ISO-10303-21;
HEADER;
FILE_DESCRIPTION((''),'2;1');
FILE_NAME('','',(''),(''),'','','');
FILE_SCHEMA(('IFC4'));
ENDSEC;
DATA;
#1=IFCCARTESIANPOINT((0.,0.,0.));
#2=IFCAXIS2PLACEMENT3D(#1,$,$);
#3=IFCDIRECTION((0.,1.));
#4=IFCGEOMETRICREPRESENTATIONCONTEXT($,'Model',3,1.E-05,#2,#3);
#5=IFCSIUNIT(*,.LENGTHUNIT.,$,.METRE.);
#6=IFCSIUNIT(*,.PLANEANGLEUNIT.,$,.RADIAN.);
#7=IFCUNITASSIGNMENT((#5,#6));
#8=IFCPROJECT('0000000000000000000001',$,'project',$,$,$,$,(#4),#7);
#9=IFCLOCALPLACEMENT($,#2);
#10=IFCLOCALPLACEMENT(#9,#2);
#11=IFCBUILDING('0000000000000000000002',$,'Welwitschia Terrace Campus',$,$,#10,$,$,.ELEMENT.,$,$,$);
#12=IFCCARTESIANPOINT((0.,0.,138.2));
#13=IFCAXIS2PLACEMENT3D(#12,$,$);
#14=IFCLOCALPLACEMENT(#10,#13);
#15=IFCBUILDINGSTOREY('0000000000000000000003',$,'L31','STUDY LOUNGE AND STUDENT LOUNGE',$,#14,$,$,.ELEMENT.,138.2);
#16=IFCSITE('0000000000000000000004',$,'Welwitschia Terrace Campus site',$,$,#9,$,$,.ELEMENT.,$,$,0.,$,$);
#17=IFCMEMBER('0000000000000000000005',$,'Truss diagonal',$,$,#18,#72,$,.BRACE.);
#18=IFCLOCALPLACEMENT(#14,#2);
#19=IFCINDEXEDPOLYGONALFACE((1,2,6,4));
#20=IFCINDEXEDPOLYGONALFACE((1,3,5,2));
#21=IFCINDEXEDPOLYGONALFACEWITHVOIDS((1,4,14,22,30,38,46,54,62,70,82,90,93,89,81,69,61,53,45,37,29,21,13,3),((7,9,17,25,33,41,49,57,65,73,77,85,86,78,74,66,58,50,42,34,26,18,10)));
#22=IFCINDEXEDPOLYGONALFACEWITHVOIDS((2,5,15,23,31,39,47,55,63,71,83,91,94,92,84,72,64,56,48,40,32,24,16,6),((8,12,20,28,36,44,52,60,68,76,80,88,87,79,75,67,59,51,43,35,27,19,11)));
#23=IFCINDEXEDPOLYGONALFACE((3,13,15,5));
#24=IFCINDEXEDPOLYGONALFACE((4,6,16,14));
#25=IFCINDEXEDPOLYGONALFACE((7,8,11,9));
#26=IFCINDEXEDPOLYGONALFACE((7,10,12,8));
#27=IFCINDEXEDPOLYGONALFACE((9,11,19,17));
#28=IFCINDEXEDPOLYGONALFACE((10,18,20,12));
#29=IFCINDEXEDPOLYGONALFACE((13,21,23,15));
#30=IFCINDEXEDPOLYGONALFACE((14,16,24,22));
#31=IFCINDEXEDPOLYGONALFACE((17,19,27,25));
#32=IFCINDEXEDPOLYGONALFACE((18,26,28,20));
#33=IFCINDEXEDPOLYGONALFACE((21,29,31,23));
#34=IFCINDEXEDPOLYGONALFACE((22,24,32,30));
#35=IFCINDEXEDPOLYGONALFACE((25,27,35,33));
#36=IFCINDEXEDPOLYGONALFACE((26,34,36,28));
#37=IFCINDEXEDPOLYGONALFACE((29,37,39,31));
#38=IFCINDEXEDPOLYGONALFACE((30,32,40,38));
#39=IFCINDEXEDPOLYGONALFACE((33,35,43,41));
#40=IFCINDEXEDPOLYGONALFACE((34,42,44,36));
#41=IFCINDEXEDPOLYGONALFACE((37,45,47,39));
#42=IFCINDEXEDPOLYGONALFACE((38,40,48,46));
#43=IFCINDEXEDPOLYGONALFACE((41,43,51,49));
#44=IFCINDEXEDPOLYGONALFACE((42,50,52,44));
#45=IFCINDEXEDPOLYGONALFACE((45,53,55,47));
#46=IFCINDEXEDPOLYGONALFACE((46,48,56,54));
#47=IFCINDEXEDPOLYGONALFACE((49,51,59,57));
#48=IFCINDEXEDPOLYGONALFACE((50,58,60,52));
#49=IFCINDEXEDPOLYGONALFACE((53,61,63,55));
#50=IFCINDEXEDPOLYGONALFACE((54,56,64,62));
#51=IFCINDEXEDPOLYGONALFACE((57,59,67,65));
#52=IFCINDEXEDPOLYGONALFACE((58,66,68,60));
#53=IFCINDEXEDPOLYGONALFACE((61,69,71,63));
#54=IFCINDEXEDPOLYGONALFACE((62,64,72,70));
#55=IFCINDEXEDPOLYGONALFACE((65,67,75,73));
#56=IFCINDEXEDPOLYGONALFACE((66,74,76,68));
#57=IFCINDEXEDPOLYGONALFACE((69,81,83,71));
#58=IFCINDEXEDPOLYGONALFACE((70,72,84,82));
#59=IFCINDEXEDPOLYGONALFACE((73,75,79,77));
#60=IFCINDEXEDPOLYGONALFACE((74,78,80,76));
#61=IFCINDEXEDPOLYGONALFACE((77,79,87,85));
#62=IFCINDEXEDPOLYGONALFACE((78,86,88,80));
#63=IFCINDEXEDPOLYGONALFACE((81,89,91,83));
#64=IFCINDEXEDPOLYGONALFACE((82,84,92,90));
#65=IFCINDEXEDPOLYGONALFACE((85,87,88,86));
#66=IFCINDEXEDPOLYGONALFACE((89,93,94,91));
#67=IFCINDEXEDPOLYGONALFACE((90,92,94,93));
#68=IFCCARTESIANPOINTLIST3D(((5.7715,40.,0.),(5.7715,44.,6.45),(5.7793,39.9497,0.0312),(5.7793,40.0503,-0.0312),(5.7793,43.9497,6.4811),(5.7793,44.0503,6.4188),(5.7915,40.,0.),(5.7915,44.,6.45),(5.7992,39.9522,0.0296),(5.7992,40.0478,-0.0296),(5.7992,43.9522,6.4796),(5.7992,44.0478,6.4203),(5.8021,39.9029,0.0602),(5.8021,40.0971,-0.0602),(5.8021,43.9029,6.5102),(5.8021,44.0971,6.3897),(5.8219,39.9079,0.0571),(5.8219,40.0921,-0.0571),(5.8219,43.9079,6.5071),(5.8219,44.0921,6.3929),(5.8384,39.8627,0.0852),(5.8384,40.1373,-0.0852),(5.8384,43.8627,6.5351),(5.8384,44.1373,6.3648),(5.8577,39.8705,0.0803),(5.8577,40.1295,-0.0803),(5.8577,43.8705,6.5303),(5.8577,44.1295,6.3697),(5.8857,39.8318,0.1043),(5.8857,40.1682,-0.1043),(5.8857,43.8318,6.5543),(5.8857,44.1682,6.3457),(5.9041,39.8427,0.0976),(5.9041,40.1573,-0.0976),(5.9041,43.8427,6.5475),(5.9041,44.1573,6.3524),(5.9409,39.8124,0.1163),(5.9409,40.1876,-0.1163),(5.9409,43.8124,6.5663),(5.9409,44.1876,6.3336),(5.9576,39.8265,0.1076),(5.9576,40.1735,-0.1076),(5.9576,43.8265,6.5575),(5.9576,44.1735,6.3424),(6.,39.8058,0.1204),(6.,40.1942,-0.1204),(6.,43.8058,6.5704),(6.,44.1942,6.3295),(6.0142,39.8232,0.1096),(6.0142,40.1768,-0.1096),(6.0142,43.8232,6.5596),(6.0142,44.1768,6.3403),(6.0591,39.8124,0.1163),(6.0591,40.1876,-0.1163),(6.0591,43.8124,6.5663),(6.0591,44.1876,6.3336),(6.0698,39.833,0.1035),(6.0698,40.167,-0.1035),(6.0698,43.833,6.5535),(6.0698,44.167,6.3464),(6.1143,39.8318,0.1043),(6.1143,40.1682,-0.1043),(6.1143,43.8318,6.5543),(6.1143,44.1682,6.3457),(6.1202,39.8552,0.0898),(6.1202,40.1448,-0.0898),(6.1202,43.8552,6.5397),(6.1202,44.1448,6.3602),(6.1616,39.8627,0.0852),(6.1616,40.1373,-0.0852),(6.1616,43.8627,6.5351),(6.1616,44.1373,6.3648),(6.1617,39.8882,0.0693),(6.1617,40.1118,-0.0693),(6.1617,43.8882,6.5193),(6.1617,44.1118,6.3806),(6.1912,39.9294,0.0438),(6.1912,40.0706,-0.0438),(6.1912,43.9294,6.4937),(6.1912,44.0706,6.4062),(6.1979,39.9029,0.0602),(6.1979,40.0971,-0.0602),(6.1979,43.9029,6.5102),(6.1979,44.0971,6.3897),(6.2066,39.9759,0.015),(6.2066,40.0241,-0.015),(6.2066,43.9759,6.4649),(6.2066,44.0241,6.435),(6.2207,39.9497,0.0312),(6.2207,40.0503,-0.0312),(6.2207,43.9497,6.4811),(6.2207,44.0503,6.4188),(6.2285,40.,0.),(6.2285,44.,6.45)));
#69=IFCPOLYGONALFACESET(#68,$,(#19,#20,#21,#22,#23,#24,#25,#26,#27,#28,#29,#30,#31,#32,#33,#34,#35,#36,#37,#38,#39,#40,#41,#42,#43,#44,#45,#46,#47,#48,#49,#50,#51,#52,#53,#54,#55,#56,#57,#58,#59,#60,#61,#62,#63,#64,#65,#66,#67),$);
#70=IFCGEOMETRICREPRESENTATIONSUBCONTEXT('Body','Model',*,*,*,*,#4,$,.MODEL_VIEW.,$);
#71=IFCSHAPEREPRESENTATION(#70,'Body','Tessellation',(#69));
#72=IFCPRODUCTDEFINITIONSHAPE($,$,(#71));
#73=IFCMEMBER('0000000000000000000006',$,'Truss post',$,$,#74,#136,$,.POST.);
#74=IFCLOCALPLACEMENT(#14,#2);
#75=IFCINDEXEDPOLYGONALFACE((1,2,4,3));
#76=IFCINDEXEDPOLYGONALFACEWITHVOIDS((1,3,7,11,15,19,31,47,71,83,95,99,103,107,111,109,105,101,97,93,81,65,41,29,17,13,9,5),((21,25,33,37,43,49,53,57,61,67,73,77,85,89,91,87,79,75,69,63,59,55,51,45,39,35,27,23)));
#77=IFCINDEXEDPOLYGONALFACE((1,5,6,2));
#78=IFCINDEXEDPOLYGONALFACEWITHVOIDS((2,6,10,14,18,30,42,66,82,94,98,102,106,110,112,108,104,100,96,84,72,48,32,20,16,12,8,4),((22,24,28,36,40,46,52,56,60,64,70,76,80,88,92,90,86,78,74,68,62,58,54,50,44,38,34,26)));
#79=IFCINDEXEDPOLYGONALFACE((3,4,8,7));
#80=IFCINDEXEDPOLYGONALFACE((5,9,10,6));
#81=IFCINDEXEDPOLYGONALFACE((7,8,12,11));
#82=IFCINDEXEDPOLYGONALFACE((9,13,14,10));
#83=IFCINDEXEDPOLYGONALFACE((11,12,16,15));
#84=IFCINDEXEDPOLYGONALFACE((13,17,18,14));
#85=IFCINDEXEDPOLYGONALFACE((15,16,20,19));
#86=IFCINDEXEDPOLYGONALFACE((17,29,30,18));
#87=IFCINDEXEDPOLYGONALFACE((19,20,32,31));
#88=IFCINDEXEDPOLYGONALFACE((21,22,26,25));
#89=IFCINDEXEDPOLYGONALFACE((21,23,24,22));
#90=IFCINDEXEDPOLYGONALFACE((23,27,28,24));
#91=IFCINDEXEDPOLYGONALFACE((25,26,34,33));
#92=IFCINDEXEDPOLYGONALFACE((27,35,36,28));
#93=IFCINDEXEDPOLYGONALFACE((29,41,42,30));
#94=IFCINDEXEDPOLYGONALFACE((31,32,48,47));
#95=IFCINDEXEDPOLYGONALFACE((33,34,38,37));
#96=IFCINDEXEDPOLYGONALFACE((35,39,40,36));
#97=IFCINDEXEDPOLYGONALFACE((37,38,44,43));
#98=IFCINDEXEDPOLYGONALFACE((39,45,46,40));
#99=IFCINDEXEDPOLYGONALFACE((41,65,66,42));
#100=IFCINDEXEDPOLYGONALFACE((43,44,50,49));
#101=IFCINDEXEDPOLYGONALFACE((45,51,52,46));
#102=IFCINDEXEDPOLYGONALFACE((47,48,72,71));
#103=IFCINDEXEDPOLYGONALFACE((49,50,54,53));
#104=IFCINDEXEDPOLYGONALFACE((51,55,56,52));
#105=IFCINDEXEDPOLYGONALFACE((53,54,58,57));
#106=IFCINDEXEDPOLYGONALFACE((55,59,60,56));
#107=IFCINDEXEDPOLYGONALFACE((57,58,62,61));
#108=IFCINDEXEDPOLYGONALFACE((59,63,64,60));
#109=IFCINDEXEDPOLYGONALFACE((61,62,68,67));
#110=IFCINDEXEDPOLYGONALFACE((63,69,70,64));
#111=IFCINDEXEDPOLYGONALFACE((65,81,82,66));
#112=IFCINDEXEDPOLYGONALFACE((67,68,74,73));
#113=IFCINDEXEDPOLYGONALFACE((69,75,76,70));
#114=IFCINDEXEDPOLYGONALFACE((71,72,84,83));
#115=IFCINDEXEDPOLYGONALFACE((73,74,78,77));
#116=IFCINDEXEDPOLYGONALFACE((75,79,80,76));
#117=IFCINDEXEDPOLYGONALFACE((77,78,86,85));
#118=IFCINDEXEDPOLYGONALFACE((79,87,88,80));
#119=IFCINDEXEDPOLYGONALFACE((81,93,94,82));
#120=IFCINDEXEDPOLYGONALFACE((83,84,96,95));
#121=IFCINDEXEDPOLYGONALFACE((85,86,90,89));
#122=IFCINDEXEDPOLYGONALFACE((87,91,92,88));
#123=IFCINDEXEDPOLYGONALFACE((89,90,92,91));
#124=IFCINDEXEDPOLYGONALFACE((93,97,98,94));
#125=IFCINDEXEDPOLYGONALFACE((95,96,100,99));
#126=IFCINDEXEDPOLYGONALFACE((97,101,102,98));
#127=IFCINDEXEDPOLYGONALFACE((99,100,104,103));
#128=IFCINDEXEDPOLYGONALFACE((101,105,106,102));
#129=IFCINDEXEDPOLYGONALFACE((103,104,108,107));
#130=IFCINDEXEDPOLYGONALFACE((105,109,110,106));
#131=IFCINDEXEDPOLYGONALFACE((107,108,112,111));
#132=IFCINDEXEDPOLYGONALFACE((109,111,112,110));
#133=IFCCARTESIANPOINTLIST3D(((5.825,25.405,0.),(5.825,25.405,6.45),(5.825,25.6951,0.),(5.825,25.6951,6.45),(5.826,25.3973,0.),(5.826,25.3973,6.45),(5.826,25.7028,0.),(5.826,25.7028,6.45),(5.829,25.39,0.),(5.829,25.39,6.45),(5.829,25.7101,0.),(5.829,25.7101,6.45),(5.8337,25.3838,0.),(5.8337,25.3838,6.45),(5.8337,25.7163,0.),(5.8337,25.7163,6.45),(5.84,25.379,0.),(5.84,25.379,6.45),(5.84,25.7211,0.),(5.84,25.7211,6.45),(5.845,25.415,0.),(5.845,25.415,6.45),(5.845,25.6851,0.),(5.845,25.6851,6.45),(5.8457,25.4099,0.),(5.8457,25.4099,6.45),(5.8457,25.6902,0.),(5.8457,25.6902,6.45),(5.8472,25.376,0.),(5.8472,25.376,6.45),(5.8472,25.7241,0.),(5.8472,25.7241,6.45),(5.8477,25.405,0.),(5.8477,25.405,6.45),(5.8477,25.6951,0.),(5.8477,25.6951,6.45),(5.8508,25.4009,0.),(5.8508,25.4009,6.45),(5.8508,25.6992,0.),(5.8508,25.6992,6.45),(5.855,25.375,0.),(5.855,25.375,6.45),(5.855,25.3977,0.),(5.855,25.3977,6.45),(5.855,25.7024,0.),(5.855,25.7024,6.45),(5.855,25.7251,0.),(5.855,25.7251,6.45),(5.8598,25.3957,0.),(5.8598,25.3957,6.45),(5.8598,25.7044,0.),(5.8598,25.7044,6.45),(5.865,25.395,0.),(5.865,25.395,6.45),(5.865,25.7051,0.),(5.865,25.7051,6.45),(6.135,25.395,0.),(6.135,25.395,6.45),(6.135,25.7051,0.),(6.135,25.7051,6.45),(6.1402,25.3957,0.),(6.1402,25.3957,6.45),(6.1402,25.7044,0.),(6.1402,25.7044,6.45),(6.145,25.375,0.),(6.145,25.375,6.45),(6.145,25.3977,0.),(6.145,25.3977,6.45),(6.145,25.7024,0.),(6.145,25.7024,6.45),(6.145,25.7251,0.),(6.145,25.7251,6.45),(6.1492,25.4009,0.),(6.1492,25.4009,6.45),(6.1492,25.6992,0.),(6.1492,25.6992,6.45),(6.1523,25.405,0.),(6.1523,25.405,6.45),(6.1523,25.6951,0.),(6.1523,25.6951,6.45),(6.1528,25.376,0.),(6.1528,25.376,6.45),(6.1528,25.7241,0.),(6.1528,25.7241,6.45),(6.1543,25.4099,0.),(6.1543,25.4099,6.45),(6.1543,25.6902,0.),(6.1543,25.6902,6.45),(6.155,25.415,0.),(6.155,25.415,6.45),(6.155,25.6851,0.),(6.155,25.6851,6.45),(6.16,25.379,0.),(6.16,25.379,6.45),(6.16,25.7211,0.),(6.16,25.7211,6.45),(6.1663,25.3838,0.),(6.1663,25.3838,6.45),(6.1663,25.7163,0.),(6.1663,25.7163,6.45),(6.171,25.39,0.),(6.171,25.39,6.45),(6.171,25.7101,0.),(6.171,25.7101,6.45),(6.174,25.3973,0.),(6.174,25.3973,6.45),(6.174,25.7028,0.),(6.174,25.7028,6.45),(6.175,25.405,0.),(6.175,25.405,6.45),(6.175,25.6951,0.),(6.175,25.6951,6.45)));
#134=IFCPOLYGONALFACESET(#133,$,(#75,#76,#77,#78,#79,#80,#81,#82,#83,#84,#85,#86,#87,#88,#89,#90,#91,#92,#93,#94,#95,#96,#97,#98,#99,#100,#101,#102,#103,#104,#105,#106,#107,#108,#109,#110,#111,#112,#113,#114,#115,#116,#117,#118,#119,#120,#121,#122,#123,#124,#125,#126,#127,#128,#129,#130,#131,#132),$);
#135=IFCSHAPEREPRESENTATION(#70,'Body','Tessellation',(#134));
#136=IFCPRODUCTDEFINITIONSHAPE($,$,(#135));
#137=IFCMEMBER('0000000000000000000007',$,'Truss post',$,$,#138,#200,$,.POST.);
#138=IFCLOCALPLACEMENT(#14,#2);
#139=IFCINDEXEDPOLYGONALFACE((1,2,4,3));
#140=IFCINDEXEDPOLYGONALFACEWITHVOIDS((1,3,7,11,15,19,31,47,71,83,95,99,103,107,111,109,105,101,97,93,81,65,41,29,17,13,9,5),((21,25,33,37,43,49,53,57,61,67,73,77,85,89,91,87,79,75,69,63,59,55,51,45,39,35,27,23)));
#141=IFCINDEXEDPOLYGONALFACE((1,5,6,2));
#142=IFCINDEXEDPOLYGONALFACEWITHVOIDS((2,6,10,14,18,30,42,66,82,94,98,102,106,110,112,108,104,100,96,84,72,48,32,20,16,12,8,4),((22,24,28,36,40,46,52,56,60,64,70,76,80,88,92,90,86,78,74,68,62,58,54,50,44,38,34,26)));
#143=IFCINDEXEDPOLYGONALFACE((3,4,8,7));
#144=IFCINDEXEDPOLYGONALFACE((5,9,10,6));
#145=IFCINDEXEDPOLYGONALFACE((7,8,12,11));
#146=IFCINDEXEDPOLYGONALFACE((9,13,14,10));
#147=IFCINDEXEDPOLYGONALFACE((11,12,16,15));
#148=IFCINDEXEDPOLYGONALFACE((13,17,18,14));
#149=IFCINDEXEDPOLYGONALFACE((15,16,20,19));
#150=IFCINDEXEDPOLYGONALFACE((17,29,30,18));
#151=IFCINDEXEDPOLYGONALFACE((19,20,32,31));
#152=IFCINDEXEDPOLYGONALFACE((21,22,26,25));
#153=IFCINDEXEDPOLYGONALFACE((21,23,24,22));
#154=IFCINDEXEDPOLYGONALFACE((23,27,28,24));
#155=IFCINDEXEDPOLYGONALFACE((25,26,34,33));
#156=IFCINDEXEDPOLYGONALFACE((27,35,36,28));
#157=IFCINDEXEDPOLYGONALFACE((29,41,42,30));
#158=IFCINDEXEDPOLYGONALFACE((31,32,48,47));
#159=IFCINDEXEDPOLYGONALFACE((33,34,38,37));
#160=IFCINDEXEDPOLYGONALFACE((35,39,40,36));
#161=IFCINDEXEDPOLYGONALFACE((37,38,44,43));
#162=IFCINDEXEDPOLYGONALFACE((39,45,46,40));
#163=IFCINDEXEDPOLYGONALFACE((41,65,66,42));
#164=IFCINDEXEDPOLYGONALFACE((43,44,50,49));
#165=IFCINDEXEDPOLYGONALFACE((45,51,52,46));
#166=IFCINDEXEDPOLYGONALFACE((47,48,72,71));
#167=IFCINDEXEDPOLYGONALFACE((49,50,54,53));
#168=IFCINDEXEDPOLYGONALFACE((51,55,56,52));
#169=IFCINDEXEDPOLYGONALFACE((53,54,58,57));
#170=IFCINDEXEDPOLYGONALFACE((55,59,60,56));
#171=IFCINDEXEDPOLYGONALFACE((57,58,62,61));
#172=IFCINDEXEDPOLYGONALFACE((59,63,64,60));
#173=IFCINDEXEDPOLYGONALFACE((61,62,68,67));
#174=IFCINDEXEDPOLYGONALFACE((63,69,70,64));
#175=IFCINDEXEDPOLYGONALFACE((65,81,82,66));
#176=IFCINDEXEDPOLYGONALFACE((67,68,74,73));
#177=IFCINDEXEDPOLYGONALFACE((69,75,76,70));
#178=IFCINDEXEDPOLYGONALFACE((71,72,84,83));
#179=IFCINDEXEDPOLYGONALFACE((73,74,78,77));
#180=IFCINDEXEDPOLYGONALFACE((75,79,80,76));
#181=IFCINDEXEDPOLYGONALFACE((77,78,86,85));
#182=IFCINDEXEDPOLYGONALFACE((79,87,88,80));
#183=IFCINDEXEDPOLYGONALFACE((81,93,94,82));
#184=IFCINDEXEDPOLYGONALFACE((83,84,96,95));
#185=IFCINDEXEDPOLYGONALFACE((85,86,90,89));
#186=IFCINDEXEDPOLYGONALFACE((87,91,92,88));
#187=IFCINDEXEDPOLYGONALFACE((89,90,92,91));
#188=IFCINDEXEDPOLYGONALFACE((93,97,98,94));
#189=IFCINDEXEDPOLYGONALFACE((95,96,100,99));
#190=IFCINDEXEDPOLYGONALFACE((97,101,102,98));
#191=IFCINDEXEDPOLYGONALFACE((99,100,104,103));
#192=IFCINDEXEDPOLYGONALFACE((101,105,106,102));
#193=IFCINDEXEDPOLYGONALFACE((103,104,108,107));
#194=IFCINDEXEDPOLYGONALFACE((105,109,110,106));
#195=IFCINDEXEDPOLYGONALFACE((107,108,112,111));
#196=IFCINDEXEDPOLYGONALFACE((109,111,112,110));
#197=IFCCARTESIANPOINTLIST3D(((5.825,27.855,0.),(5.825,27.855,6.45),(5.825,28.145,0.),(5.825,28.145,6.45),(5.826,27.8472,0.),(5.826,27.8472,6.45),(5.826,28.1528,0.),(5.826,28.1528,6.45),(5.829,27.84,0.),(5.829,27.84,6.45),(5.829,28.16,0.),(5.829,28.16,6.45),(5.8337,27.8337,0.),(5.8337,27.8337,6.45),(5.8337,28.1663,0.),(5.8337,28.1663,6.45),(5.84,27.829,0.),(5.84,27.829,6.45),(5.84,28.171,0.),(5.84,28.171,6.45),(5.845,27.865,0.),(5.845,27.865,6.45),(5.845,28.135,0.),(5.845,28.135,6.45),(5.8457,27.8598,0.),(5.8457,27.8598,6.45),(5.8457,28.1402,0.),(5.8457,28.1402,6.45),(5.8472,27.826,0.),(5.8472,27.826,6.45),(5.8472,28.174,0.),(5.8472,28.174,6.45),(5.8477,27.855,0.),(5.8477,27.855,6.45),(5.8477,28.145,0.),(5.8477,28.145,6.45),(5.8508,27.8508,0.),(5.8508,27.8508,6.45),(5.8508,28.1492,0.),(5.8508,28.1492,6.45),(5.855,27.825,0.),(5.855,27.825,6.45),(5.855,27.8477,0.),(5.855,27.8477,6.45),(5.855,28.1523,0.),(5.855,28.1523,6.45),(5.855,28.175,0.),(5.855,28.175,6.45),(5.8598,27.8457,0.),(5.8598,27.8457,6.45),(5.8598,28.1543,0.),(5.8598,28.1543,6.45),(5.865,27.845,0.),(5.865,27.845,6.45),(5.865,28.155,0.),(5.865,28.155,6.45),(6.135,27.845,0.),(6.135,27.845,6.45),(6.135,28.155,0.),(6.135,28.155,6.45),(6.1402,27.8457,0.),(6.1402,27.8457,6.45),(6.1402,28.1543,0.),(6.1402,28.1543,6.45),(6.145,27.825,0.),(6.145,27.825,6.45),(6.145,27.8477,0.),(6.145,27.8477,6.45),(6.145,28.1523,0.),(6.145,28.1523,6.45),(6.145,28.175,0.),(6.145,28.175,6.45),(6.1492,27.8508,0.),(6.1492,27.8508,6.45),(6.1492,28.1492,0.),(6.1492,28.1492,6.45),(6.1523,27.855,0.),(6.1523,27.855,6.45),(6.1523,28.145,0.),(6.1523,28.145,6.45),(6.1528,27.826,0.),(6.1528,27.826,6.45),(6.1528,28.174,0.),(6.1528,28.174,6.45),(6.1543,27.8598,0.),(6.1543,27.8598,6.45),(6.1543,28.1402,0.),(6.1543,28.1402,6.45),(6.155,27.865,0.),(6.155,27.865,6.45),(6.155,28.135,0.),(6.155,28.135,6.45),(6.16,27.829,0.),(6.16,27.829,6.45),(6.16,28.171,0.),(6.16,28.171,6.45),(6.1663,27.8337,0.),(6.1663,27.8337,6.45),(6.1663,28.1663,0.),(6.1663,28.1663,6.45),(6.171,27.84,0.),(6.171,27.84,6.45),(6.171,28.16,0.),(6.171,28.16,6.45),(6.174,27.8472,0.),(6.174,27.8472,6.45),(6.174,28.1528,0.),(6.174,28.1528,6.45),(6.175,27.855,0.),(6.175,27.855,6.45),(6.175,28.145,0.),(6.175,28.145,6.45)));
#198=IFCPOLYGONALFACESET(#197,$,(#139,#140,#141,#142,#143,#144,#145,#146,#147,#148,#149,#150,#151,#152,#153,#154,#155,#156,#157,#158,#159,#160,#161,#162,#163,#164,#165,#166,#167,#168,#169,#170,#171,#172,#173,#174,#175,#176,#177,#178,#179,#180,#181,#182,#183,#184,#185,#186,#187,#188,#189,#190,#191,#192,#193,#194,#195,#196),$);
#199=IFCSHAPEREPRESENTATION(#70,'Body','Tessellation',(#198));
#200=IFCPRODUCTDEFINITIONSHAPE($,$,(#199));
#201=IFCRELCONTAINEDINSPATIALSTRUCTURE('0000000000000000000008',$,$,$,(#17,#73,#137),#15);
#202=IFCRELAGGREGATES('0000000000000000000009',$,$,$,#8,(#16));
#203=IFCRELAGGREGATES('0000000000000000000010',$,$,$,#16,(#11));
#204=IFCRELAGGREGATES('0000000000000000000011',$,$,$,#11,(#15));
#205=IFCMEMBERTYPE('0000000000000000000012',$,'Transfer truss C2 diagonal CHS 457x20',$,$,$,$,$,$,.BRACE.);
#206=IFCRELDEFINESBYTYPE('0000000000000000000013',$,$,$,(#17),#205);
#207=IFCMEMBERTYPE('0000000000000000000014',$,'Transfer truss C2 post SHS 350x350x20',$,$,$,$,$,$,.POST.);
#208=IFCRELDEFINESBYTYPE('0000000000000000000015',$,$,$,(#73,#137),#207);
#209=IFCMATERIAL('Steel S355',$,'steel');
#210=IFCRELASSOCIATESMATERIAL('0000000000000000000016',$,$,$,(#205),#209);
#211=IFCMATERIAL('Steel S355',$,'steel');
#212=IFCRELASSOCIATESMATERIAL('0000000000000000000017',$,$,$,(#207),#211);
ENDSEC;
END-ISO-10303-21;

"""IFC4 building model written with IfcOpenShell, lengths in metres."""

from ifc_helpers import new_model, si_unit, direction, frame, origin, origin_2d, place, context, subcontext, project, spatial, hollow_rectangle, hollow_circle, extrude, material, material_profile, profile_set, type_object, element, save


model = new_model("IFC4")

# Units and contexts
model_context = context("Model", 3, precision=1e-05, world=origin(), true_north=direction((0.0, 1.0)))
body_context = subcontext(model_context, "Body", "Model", "MODEL_VIEW")
ifc_project = project(units=[si_unit("LENGTHUNIT", "METRE"), si_unit("PLANEANGLEUNIT", "RADIAN")], contexts=[model_context])

# Site, building, storey
site_placement = place(None, origin())
site = spatial("IfcSite", under=ifc_project, at=site_placement, Name="Welwitschia Terrace Campus site", CompositionType="ELEMENT", RefElevation=0.0)
building_placement = place(site_placement, origin())
building = spatial("IfcBuilding", under=site, at=building_placement, Name="Welwitschia Terrace Campus", CompositionType="ELEMENT")
storey_placement = place(building_placement, frame((0.0, 0.0, 138.2)))
storey = spatial("IfcBuildingStorey", under=building, at=storey_placement, Name="L31", Description="STUDY LOUNGE AND STUDENT LOUNGE", CompositionType="ELEMENT", Elevation=138.2)

# Members
ifc_material_1 = material(Name="Steel S355", Category="steel")
ifc_material_profile_1 = material_profile(ifc_material_1, hollow_circle(Radius=0.2285, WallThickness=0.02, at=origin_2d()))
ifc_profile_set_1 = profile_set([ifc_material_profile_1], Name="Steel S355")
member_type_1 = type_object("IfcMemberType", Name="Transfer truss C2 diagonal CHS 457x20", PredefinedType="BRACE", material=ifc_profile_set_1)
for number, where, z_axis, x_axis, name in (
    (1, (6.0, 40.0, 0.0), (0.0, 0.527038, 0.849842), (-1.0, 0.0, 0.0), "Truss diagonal"),
):
    element("IfcMember", number, at=place(storey_placement, frame(where, z_axis=z_axis, x_axis=x_axis)), inside=storey, type_object=member_type_1, Name=name, PredefinedType="BRACE", context=body_context, shape_type="SweptSolid", body=[
        extrude(hollow_circle(Radius=0.2285, WallThickness=0.02, at=origin_2d()), origin(), (0.0, 0.0, 1.0), 7.5896),
    ])
ifc_material_2 = material(Name="Steel S355", Category="steel")
ifc_material_profile_2 = material_profile(ifc_material_2, hollow_rectangle(XDim=0.3501, YDim=0.3501, WallThickness=0.02, InnerFilletRadius=0.02, OuterFilletRadius=0.03, at=origin_2d()))
ifc_profile_set_2 = profile_set([ifc_material_profile_2], Name="Steel S355")
member_type_2 = type_object("IfcMemberType", Name="Transfer truss C2 post SHS 350x350x20", PredefinedType="POST", material=ifc_profile_set_2)
for number, where, z_axis, x_axis, name in (
    (2, (6.0, 25.55, 0.0), (0.0, 0.0, 1.0), (1.0, 0.0, 0.0), "Truss post"),
    (3, (6.0, 28.0, 0.0), (0.0, 0.0, 1.0), (1.0, 0.0, 0.0), "Truss post"),
):
    element("IfcMember", number, at=place(storey_placement, frame(where, z_axis=z_axis, x_axis=x_axis)), inside=storey, type_object=member_type_2, Name=name, PredefinedType="POST", context=body_context, shape_type="SweptSolid", body=[
        extrude(hollow_rectangle(XDim=0.3501, YDim=0.3501, WallThickness=0.02, InnerFilletRadius=0.02, OuterFilletRadius=0.03, at=origin_2d()), origin(), (0.0, 0.0, 1.0), 6.45),
    ])

save(model, "model.ifc")
